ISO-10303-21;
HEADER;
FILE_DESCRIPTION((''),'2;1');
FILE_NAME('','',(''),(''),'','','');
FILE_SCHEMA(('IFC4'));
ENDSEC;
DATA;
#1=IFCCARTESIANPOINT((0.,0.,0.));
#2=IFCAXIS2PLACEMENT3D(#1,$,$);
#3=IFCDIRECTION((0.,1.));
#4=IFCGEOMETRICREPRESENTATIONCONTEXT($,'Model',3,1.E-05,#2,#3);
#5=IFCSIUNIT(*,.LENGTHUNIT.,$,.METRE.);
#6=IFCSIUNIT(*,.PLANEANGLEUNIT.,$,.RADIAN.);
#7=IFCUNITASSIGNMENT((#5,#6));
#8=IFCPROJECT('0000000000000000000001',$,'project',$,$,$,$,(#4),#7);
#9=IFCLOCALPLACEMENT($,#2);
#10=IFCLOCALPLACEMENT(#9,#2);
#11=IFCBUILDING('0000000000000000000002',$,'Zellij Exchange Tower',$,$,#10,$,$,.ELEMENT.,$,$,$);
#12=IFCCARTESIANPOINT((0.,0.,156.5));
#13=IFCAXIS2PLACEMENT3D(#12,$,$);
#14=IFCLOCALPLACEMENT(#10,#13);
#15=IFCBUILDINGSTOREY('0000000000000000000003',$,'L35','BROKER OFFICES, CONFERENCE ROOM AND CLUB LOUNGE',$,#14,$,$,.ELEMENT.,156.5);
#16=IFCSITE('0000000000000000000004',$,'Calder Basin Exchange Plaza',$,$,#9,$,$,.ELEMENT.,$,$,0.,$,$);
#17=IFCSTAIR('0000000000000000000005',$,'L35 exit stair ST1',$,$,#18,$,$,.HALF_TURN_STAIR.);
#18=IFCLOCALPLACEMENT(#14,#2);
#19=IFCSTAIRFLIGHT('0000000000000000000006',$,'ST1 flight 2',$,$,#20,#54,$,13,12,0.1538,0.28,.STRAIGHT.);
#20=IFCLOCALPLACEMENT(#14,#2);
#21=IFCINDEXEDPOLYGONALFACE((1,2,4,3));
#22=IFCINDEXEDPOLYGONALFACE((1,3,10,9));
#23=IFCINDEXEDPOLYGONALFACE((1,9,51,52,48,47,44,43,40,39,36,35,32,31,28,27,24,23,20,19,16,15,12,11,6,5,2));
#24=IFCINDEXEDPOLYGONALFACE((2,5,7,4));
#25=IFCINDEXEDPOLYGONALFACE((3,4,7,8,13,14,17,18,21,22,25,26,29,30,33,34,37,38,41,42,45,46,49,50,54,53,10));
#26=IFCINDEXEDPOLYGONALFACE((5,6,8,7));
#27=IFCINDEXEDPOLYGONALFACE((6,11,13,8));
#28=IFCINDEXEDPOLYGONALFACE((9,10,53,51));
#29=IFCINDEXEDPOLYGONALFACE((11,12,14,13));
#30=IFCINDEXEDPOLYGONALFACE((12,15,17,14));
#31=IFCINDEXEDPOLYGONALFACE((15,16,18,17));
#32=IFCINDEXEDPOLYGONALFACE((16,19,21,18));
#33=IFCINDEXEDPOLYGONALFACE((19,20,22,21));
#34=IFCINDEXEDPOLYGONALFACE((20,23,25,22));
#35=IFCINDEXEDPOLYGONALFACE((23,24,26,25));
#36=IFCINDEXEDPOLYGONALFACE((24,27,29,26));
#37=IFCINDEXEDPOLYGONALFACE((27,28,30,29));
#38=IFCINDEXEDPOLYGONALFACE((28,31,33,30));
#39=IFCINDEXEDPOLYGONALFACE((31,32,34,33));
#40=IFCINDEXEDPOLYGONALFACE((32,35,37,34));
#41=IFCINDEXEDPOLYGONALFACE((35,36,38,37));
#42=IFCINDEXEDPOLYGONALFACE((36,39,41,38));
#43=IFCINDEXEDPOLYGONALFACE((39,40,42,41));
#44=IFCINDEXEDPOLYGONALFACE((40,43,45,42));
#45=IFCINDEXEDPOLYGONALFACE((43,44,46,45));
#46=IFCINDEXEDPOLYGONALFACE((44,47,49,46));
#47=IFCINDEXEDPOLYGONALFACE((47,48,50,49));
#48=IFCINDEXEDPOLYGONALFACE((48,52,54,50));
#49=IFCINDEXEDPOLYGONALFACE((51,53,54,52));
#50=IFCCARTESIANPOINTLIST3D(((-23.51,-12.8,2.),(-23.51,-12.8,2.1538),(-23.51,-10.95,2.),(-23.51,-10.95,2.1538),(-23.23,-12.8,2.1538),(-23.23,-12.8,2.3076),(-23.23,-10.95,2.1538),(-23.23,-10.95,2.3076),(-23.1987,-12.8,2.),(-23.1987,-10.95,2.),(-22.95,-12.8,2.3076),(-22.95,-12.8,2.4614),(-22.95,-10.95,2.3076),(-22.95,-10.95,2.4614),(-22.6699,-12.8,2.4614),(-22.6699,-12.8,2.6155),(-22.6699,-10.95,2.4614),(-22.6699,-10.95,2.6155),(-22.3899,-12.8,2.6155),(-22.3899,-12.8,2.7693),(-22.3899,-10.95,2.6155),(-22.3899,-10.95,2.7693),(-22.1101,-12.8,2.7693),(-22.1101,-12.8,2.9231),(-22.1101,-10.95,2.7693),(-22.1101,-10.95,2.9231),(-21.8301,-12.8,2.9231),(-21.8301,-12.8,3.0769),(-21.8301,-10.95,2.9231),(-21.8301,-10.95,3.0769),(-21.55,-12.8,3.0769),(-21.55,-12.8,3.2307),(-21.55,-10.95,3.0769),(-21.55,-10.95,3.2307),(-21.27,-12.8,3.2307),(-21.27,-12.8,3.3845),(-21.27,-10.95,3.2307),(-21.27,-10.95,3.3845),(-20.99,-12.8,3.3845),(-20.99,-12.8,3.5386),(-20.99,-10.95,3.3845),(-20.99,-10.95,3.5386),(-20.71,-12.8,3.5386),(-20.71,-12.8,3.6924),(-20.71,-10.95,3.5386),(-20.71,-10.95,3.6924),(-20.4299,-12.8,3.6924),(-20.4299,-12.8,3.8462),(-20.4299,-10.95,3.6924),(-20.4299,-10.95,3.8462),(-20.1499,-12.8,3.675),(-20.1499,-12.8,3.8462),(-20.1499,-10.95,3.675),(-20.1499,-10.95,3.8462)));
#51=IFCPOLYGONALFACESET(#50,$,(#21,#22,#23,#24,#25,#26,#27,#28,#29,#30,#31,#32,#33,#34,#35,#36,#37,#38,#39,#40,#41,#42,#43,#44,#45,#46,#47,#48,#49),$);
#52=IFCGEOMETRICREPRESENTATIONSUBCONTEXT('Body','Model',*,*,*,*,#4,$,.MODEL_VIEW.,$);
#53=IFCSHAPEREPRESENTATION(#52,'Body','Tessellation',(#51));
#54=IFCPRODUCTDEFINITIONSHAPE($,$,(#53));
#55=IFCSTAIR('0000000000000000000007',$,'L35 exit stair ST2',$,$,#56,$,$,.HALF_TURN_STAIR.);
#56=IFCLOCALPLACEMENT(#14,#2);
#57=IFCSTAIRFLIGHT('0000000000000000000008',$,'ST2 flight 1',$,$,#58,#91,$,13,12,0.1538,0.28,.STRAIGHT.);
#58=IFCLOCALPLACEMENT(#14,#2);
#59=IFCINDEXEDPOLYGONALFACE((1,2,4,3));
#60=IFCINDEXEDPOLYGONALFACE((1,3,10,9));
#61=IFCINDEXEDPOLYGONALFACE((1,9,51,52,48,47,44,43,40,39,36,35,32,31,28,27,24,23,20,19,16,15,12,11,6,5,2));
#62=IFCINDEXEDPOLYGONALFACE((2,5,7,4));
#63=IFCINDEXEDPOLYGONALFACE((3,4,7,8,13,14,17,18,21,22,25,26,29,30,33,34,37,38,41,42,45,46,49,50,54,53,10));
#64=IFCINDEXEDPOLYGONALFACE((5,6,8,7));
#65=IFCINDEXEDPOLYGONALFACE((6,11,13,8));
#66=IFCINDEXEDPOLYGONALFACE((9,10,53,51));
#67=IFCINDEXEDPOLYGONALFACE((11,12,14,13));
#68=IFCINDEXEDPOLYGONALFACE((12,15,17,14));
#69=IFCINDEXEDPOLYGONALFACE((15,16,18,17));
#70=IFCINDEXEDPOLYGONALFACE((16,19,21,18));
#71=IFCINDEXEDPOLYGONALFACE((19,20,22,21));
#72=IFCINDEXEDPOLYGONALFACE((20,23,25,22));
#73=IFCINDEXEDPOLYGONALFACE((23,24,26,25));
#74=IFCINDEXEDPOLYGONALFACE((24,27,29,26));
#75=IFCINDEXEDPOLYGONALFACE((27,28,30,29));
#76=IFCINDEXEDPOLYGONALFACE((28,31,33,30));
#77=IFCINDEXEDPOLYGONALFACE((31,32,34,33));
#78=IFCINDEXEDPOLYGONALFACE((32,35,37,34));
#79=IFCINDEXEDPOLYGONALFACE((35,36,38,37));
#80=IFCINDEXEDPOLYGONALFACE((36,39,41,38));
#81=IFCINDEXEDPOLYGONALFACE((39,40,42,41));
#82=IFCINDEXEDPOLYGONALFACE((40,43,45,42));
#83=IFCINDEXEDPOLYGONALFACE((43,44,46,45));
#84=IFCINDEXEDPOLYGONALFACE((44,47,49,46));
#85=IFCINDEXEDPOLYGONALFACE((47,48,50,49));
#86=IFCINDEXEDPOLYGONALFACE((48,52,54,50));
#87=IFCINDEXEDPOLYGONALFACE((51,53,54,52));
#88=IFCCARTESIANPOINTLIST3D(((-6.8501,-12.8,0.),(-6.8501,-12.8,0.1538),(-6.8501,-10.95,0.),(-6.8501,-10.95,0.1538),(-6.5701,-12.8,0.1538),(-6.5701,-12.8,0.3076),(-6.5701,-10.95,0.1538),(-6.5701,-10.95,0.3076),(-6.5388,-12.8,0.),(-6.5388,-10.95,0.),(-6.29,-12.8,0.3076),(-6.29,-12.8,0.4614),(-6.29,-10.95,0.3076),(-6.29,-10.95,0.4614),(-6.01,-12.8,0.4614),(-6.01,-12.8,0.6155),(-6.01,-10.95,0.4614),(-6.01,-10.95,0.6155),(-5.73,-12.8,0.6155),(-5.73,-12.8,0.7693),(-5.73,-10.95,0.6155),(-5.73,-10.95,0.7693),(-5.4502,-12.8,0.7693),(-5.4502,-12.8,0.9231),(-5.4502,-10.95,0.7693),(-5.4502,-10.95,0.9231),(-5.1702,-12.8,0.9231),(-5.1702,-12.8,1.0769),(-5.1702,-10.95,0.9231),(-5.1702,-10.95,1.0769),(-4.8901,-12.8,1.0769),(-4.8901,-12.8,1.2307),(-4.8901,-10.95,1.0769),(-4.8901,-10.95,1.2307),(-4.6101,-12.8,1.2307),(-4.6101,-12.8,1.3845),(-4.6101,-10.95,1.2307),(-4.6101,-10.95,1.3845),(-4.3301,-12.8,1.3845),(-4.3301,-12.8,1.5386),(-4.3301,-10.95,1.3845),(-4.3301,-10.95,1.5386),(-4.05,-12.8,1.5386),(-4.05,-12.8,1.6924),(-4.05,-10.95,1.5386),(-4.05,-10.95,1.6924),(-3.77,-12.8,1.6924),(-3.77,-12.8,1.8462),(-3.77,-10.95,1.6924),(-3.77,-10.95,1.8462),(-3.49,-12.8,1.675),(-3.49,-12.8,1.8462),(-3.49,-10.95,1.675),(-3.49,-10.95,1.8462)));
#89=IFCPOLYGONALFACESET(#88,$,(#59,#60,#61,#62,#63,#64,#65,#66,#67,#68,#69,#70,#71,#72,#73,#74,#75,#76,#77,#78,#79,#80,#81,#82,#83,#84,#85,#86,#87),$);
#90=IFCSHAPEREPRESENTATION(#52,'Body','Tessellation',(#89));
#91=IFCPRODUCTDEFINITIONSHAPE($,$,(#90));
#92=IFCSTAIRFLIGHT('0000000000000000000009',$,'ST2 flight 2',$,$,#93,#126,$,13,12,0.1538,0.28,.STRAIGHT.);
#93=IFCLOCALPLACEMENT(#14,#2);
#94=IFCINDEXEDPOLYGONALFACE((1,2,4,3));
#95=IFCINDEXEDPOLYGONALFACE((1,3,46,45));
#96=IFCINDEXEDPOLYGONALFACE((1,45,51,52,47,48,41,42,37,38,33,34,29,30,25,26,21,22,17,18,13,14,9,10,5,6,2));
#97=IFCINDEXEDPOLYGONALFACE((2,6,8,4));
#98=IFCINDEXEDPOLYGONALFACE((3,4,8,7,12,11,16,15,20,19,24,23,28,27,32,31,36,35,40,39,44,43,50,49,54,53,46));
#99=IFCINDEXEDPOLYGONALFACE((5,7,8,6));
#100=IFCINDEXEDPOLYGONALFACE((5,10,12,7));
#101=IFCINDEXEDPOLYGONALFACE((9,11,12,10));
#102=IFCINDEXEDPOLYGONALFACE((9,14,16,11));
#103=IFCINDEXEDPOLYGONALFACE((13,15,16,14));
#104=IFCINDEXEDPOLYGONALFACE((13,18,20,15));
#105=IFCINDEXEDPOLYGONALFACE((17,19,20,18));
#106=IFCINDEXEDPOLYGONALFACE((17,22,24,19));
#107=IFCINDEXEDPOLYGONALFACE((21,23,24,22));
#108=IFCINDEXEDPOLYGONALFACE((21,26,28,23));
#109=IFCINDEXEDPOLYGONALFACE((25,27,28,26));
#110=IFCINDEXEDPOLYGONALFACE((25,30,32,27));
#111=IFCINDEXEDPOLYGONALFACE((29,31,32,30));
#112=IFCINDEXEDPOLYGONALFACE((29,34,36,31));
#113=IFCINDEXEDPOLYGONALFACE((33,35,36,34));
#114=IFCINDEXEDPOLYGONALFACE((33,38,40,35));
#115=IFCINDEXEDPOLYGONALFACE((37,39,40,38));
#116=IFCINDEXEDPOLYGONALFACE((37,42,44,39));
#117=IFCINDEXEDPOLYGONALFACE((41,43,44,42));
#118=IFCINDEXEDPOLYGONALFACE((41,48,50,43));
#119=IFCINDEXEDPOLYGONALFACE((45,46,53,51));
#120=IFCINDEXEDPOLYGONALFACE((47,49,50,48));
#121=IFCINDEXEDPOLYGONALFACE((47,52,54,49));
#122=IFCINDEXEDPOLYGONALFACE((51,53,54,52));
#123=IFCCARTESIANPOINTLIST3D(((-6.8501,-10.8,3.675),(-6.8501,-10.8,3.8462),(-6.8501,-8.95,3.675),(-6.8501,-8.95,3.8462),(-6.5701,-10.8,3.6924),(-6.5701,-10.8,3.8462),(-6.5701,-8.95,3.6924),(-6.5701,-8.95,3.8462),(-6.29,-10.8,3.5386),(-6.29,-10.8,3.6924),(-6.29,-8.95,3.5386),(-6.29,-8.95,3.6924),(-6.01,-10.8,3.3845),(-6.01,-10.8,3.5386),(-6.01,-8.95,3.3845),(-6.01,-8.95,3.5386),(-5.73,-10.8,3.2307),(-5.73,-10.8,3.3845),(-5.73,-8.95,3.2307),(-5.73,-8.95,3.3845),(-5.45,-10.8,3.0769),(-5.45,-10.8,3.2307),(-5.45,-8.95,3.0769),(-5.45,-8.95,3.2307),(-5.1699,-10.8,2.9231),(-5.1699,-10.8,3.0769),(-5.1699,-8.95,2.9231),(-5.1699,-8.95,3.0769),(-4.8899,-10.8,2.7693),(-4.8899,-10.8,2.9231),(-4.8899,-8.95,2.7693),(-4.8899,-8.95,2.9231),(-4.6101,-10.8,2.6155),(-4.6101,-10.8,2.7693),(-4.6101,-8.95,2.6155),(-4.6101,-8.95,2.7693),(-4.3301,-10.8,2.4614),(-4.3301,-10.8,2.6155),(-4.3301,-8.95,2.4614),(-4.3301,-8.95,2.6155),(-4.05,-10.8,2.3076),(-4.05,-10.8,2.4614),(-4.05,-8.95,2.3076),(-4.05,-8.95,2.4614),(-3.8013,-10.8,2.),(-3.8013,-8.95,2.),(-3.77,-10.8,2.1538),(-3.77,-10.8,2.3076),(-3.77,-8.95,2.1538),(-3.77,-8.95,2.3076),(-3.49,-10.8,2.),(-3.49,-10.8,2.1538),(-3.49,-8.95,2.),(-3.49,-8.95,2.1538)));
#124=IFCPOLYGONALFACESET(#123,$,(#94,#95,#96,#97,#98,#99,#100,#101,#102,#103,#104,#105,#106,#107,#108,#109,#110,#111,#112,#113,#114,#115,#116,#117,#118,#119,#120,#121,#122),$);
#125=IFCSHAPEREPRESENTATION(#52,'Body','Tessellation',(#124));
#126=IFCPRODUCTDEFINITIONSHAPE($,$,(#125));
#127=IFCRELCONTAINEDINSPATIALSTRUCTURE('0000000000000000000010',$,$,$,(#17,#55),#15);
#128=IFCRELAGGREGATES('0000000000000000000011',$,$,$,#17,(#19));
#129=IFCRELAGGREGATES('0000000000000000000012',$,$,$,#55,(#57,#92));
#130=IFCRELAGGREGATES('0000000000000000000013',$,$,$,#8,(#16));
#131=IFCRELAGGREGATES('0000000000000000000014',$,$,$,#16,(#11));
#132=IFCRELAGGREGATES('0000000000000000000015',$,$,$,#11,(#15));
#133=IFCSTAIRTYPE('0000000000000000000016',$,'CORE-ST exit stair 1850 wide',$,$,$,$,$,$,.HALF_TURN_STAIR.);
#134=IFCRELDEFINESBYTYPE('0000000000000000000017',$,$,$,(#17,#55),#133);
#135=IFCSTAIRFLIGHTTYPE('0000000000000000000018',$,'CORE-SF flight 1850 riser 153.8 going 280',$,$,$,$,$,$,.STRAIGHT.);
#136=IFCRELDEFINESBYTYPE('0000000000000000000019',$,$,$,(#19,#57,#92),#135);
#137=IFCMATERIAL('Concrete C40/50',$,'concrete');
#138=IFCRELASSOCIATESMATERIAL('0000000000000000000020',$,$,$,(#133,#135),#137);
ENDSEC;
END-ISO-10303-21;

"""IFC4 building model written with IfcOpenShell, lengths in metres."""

from ifc_helpers import new_model, si_unit, direction, frame, origin, place, context, subcontext, project, spatial, polyline, outline, extrude, material, type_object, element, aggregate, save


model = new_model("IFC4")

# Units and contexts
model_context = context("Model", 3, precision=1e-05, world=origin(), true_north=direction((0.0, 1.0)))
body_context = subcontext(model_context, "Body", "Model", "MODEL_VIEW")
ifc_project = project(units=[si_unit("LENGTHUNIT", "METRE"), si_unit("PLANEANGLEUNIT", "RADIAN")], contexts=[model_context])

# Site, building, storey
site_placement = place(None, origin())
site = spatial("IfcSite", under=ifc_project, at=site_placement, Name="Calder Basin Exchange Plaza", CompositionType="ELEMENT", RefElevation=0.0)
building_placement = place(site_placement, origin())
building = spatial("IfcBuilding", under=site, at=building_placement, Name="Zellij Exchange Tower", CompositionType="ELEMENT")
storey_placement = place(building_placement, frame((0.0, 0.0, 156.5)))
storey = spatial("IfcBuildingStorey", under=building, at=storey_placement, Name="L35", Description="BROKER OFFICES, CONFERENCE ROOM AND CLUB LOUNGE", CompositionType="ELEMENT", Elevation=156.5)

# Stairs, stair flights
ifc_material_1 = material(Name="Concrete C40/50", Category="concrete")
stair_type = type_object("IfcStairType", Name="CORE-ST exit stair 1850 wide", PredefinedType="HALF_TURN_STAIR", material=ifc_material_1)
stair_1_placement = place(storey_placement, origin())
stair_1 = element("IfcStair", 1, at=stair_1_placement, inside=storey, type_object=stair_type, Name="L35 exit stair ST1", PredefinedType="HALF_TURN_STAIR")
stair_flight_type = type_object("IfcStairFlightType", Name="CORE-SF flight 1850 riser 153.8 going 280", PredefinedType="STRAIGHT", material=ifc_material_1)
stair_flight_1_placement = place(storey_placement, frame((-23.51, -11.875, 2.0), z_axis=(0.0, 0.0, 1.0), x_axis=(1.0, 0.0, 0.0)))
stair_flight_1 = element("IfcStairFlight", 2, at=stair_flight_1_placement, type_object=stair_flight_type, Name="ST1 flight 2", NumberOfRisers=13, NumberOfTreads=12, PredefinedType="STRAIGHT", RiserHeight=0.1538, TreadLength=0.28, context=body_context, shape_type="SweptSolid", body=[
    extrude(outline(polyline([(0.0, 0.0), (0.0, 0.1538), (0.28, 0.1538), (0.28, 0.3076), (0.5601, 0.3076), (0.5601, 0.4614), (0.8401, 0.4614), (0.8401, 0.6155), (1.1201, 0.6155), (1.1201, 0.7693), (1.3999, 0.7693), (1.3999, 0.9231), (1.6799, 0.9231), (1.6799, 1.0769), (1.96, 1.0769), (1.96, 1.2307), (2.24, 1.2307), (2.24, 1.3845), (2.52, 1.3845), (2.52, 1.5386), (2.8, 1.5386), (2.8, 1.6924), (3.0801, 1.6924), (3.0801, 1.8462), (3.3601, 1.8462), (3.3601, 2.0), (3.3601, 1.675), (0.3113, 0.0), (0.0, 0.0)])), frame((0.0, 0.925, 0.0), z_axis=(0.0, -1.0, 0.0), x_axis=(1.0, 0.0, 0.0)), (0.0, 0.0, 1.0), 1.8501),
])
aggregate(stair_1, [stair_flight_1])
stair_2_placement = place(storey_placement, origin())
stair_2 = element("IfcStair", 3, at=stair_2_placement, inside=storey, type_object=stair_type, Name="L35 exit stair ST2", PredefinedType="HALF_TURN_STAIR")
stair_flight_2_placement = place(storey_placement, frame((-6.8501, -11.875, 0.0), z_axis=(0.0, 0.0, 1.0), x_axis=(1.0, 0.0, 0.0)))
stair_flight_2 = element("IfcStairFlight", 4, at=stair_flight_2_placement, type_object=stair_flight_type, Name="ST2 flight 1", NumberOfRisers=13, NumberOfTreads=12, PredefinedType="STRAIGHT", RiserHeight=0.1538, TreadLength=0.28, context=body_context, shape_type="SweptSolid", body=[
    extrude(outline(polyline([(0.0, 0.0), (0.0, 0.1538), (0.28, 0.1538), (0.28, 0.3076), (0.5601, 0.3076), (0.5601, 0.4614), (0.8401, 0.4614), (0.8401, 0.6155), (1.1201, 0.6155), (1.1201, 0.7693), (1.3999, 0.7693), (1.3999, 0.9231), (1.6799, 0.9231), (1.6799, 1.0769), (1.96, 1.0769), (1.96, 1.2307), (2.24, 1.2307), (2.24, 1.3845), (2.52, 1.3845), (2.52, 1.5386), (2.8, 1.5386), (2.8, 1.6924), (3.0801, 1.6924), (3.0801, 1.8462), (3.3601, 1.8462), (3.3601, 2.0), (3.3601, 1.675), (0.3113, 0.0), (0.0, 0.0)])), frame((0.0, 0.925, 0.0), z_axis=(0.0, -1.0, 0.0), x_axis=(1.0, 0.0, 0.0)), (0.0, 0.0, 1.0), 1.8501),
])
stair_flight_3_placement = place(storey_placement, frame((-3.49, -9.875, 2.0), z_axis=(0.0, 0.0, 1.0), x_axis=(-1.0, 0.0, 0.0)))
stair_flight_3 = element("IfcStairFlight", 5, at=stair_flight_3_placement, type_object=stair_flight_type, Name="ST2 flight 2", NumberOfRisers=13, NumberOfTreads=12, PredefinedType="STRAIGHT", RiserHeight=0.1538, TreadLength=0.28, context=body_context, shape_type="SweptSolid", body=[
    extrude(outline(polyline([(0.0, 0.0), (0.0, 0.1538), (0.28, 0.1538), (0.28, 0.3076), (0.5601, 0.3076), (0.5601, 0.4614), (0.8401, 0.4614), (0.8401, 0.6155), (1.1201, 0.6155), (1.1201, 0.7693), (1.3999, 0.7693), (1.3999, 0.9231), (1.6799, 0.9231), (1.6799, 1.0769), (1.96, 1.0769), (1.96, 1.2307), (2.24, 1.2307), (2.24, 1.3845), (2.52, 1.3845), (2.52, 1.5386), (2.8, 1.5386), (2.8, 1.6924), (3.0801, 1.6924), (3.0801, 1.8462), (3.3601, 1.8462), (3.3601, 2.0), (3.3601, 1.675), (0.3113, 0.0), (0.0, 0.0)])), frame((0.0, 0.925, 0.0), z_axis=(0.0, -1.0, 0.0), x_axis=(1.0, 0.0, 0.0)), (0.0, 0.0, 1.0), 1.8501),
])
aggregate(stair_2, [stair_flight_2, stair_flight_3])

save(model, "model.ifc")
